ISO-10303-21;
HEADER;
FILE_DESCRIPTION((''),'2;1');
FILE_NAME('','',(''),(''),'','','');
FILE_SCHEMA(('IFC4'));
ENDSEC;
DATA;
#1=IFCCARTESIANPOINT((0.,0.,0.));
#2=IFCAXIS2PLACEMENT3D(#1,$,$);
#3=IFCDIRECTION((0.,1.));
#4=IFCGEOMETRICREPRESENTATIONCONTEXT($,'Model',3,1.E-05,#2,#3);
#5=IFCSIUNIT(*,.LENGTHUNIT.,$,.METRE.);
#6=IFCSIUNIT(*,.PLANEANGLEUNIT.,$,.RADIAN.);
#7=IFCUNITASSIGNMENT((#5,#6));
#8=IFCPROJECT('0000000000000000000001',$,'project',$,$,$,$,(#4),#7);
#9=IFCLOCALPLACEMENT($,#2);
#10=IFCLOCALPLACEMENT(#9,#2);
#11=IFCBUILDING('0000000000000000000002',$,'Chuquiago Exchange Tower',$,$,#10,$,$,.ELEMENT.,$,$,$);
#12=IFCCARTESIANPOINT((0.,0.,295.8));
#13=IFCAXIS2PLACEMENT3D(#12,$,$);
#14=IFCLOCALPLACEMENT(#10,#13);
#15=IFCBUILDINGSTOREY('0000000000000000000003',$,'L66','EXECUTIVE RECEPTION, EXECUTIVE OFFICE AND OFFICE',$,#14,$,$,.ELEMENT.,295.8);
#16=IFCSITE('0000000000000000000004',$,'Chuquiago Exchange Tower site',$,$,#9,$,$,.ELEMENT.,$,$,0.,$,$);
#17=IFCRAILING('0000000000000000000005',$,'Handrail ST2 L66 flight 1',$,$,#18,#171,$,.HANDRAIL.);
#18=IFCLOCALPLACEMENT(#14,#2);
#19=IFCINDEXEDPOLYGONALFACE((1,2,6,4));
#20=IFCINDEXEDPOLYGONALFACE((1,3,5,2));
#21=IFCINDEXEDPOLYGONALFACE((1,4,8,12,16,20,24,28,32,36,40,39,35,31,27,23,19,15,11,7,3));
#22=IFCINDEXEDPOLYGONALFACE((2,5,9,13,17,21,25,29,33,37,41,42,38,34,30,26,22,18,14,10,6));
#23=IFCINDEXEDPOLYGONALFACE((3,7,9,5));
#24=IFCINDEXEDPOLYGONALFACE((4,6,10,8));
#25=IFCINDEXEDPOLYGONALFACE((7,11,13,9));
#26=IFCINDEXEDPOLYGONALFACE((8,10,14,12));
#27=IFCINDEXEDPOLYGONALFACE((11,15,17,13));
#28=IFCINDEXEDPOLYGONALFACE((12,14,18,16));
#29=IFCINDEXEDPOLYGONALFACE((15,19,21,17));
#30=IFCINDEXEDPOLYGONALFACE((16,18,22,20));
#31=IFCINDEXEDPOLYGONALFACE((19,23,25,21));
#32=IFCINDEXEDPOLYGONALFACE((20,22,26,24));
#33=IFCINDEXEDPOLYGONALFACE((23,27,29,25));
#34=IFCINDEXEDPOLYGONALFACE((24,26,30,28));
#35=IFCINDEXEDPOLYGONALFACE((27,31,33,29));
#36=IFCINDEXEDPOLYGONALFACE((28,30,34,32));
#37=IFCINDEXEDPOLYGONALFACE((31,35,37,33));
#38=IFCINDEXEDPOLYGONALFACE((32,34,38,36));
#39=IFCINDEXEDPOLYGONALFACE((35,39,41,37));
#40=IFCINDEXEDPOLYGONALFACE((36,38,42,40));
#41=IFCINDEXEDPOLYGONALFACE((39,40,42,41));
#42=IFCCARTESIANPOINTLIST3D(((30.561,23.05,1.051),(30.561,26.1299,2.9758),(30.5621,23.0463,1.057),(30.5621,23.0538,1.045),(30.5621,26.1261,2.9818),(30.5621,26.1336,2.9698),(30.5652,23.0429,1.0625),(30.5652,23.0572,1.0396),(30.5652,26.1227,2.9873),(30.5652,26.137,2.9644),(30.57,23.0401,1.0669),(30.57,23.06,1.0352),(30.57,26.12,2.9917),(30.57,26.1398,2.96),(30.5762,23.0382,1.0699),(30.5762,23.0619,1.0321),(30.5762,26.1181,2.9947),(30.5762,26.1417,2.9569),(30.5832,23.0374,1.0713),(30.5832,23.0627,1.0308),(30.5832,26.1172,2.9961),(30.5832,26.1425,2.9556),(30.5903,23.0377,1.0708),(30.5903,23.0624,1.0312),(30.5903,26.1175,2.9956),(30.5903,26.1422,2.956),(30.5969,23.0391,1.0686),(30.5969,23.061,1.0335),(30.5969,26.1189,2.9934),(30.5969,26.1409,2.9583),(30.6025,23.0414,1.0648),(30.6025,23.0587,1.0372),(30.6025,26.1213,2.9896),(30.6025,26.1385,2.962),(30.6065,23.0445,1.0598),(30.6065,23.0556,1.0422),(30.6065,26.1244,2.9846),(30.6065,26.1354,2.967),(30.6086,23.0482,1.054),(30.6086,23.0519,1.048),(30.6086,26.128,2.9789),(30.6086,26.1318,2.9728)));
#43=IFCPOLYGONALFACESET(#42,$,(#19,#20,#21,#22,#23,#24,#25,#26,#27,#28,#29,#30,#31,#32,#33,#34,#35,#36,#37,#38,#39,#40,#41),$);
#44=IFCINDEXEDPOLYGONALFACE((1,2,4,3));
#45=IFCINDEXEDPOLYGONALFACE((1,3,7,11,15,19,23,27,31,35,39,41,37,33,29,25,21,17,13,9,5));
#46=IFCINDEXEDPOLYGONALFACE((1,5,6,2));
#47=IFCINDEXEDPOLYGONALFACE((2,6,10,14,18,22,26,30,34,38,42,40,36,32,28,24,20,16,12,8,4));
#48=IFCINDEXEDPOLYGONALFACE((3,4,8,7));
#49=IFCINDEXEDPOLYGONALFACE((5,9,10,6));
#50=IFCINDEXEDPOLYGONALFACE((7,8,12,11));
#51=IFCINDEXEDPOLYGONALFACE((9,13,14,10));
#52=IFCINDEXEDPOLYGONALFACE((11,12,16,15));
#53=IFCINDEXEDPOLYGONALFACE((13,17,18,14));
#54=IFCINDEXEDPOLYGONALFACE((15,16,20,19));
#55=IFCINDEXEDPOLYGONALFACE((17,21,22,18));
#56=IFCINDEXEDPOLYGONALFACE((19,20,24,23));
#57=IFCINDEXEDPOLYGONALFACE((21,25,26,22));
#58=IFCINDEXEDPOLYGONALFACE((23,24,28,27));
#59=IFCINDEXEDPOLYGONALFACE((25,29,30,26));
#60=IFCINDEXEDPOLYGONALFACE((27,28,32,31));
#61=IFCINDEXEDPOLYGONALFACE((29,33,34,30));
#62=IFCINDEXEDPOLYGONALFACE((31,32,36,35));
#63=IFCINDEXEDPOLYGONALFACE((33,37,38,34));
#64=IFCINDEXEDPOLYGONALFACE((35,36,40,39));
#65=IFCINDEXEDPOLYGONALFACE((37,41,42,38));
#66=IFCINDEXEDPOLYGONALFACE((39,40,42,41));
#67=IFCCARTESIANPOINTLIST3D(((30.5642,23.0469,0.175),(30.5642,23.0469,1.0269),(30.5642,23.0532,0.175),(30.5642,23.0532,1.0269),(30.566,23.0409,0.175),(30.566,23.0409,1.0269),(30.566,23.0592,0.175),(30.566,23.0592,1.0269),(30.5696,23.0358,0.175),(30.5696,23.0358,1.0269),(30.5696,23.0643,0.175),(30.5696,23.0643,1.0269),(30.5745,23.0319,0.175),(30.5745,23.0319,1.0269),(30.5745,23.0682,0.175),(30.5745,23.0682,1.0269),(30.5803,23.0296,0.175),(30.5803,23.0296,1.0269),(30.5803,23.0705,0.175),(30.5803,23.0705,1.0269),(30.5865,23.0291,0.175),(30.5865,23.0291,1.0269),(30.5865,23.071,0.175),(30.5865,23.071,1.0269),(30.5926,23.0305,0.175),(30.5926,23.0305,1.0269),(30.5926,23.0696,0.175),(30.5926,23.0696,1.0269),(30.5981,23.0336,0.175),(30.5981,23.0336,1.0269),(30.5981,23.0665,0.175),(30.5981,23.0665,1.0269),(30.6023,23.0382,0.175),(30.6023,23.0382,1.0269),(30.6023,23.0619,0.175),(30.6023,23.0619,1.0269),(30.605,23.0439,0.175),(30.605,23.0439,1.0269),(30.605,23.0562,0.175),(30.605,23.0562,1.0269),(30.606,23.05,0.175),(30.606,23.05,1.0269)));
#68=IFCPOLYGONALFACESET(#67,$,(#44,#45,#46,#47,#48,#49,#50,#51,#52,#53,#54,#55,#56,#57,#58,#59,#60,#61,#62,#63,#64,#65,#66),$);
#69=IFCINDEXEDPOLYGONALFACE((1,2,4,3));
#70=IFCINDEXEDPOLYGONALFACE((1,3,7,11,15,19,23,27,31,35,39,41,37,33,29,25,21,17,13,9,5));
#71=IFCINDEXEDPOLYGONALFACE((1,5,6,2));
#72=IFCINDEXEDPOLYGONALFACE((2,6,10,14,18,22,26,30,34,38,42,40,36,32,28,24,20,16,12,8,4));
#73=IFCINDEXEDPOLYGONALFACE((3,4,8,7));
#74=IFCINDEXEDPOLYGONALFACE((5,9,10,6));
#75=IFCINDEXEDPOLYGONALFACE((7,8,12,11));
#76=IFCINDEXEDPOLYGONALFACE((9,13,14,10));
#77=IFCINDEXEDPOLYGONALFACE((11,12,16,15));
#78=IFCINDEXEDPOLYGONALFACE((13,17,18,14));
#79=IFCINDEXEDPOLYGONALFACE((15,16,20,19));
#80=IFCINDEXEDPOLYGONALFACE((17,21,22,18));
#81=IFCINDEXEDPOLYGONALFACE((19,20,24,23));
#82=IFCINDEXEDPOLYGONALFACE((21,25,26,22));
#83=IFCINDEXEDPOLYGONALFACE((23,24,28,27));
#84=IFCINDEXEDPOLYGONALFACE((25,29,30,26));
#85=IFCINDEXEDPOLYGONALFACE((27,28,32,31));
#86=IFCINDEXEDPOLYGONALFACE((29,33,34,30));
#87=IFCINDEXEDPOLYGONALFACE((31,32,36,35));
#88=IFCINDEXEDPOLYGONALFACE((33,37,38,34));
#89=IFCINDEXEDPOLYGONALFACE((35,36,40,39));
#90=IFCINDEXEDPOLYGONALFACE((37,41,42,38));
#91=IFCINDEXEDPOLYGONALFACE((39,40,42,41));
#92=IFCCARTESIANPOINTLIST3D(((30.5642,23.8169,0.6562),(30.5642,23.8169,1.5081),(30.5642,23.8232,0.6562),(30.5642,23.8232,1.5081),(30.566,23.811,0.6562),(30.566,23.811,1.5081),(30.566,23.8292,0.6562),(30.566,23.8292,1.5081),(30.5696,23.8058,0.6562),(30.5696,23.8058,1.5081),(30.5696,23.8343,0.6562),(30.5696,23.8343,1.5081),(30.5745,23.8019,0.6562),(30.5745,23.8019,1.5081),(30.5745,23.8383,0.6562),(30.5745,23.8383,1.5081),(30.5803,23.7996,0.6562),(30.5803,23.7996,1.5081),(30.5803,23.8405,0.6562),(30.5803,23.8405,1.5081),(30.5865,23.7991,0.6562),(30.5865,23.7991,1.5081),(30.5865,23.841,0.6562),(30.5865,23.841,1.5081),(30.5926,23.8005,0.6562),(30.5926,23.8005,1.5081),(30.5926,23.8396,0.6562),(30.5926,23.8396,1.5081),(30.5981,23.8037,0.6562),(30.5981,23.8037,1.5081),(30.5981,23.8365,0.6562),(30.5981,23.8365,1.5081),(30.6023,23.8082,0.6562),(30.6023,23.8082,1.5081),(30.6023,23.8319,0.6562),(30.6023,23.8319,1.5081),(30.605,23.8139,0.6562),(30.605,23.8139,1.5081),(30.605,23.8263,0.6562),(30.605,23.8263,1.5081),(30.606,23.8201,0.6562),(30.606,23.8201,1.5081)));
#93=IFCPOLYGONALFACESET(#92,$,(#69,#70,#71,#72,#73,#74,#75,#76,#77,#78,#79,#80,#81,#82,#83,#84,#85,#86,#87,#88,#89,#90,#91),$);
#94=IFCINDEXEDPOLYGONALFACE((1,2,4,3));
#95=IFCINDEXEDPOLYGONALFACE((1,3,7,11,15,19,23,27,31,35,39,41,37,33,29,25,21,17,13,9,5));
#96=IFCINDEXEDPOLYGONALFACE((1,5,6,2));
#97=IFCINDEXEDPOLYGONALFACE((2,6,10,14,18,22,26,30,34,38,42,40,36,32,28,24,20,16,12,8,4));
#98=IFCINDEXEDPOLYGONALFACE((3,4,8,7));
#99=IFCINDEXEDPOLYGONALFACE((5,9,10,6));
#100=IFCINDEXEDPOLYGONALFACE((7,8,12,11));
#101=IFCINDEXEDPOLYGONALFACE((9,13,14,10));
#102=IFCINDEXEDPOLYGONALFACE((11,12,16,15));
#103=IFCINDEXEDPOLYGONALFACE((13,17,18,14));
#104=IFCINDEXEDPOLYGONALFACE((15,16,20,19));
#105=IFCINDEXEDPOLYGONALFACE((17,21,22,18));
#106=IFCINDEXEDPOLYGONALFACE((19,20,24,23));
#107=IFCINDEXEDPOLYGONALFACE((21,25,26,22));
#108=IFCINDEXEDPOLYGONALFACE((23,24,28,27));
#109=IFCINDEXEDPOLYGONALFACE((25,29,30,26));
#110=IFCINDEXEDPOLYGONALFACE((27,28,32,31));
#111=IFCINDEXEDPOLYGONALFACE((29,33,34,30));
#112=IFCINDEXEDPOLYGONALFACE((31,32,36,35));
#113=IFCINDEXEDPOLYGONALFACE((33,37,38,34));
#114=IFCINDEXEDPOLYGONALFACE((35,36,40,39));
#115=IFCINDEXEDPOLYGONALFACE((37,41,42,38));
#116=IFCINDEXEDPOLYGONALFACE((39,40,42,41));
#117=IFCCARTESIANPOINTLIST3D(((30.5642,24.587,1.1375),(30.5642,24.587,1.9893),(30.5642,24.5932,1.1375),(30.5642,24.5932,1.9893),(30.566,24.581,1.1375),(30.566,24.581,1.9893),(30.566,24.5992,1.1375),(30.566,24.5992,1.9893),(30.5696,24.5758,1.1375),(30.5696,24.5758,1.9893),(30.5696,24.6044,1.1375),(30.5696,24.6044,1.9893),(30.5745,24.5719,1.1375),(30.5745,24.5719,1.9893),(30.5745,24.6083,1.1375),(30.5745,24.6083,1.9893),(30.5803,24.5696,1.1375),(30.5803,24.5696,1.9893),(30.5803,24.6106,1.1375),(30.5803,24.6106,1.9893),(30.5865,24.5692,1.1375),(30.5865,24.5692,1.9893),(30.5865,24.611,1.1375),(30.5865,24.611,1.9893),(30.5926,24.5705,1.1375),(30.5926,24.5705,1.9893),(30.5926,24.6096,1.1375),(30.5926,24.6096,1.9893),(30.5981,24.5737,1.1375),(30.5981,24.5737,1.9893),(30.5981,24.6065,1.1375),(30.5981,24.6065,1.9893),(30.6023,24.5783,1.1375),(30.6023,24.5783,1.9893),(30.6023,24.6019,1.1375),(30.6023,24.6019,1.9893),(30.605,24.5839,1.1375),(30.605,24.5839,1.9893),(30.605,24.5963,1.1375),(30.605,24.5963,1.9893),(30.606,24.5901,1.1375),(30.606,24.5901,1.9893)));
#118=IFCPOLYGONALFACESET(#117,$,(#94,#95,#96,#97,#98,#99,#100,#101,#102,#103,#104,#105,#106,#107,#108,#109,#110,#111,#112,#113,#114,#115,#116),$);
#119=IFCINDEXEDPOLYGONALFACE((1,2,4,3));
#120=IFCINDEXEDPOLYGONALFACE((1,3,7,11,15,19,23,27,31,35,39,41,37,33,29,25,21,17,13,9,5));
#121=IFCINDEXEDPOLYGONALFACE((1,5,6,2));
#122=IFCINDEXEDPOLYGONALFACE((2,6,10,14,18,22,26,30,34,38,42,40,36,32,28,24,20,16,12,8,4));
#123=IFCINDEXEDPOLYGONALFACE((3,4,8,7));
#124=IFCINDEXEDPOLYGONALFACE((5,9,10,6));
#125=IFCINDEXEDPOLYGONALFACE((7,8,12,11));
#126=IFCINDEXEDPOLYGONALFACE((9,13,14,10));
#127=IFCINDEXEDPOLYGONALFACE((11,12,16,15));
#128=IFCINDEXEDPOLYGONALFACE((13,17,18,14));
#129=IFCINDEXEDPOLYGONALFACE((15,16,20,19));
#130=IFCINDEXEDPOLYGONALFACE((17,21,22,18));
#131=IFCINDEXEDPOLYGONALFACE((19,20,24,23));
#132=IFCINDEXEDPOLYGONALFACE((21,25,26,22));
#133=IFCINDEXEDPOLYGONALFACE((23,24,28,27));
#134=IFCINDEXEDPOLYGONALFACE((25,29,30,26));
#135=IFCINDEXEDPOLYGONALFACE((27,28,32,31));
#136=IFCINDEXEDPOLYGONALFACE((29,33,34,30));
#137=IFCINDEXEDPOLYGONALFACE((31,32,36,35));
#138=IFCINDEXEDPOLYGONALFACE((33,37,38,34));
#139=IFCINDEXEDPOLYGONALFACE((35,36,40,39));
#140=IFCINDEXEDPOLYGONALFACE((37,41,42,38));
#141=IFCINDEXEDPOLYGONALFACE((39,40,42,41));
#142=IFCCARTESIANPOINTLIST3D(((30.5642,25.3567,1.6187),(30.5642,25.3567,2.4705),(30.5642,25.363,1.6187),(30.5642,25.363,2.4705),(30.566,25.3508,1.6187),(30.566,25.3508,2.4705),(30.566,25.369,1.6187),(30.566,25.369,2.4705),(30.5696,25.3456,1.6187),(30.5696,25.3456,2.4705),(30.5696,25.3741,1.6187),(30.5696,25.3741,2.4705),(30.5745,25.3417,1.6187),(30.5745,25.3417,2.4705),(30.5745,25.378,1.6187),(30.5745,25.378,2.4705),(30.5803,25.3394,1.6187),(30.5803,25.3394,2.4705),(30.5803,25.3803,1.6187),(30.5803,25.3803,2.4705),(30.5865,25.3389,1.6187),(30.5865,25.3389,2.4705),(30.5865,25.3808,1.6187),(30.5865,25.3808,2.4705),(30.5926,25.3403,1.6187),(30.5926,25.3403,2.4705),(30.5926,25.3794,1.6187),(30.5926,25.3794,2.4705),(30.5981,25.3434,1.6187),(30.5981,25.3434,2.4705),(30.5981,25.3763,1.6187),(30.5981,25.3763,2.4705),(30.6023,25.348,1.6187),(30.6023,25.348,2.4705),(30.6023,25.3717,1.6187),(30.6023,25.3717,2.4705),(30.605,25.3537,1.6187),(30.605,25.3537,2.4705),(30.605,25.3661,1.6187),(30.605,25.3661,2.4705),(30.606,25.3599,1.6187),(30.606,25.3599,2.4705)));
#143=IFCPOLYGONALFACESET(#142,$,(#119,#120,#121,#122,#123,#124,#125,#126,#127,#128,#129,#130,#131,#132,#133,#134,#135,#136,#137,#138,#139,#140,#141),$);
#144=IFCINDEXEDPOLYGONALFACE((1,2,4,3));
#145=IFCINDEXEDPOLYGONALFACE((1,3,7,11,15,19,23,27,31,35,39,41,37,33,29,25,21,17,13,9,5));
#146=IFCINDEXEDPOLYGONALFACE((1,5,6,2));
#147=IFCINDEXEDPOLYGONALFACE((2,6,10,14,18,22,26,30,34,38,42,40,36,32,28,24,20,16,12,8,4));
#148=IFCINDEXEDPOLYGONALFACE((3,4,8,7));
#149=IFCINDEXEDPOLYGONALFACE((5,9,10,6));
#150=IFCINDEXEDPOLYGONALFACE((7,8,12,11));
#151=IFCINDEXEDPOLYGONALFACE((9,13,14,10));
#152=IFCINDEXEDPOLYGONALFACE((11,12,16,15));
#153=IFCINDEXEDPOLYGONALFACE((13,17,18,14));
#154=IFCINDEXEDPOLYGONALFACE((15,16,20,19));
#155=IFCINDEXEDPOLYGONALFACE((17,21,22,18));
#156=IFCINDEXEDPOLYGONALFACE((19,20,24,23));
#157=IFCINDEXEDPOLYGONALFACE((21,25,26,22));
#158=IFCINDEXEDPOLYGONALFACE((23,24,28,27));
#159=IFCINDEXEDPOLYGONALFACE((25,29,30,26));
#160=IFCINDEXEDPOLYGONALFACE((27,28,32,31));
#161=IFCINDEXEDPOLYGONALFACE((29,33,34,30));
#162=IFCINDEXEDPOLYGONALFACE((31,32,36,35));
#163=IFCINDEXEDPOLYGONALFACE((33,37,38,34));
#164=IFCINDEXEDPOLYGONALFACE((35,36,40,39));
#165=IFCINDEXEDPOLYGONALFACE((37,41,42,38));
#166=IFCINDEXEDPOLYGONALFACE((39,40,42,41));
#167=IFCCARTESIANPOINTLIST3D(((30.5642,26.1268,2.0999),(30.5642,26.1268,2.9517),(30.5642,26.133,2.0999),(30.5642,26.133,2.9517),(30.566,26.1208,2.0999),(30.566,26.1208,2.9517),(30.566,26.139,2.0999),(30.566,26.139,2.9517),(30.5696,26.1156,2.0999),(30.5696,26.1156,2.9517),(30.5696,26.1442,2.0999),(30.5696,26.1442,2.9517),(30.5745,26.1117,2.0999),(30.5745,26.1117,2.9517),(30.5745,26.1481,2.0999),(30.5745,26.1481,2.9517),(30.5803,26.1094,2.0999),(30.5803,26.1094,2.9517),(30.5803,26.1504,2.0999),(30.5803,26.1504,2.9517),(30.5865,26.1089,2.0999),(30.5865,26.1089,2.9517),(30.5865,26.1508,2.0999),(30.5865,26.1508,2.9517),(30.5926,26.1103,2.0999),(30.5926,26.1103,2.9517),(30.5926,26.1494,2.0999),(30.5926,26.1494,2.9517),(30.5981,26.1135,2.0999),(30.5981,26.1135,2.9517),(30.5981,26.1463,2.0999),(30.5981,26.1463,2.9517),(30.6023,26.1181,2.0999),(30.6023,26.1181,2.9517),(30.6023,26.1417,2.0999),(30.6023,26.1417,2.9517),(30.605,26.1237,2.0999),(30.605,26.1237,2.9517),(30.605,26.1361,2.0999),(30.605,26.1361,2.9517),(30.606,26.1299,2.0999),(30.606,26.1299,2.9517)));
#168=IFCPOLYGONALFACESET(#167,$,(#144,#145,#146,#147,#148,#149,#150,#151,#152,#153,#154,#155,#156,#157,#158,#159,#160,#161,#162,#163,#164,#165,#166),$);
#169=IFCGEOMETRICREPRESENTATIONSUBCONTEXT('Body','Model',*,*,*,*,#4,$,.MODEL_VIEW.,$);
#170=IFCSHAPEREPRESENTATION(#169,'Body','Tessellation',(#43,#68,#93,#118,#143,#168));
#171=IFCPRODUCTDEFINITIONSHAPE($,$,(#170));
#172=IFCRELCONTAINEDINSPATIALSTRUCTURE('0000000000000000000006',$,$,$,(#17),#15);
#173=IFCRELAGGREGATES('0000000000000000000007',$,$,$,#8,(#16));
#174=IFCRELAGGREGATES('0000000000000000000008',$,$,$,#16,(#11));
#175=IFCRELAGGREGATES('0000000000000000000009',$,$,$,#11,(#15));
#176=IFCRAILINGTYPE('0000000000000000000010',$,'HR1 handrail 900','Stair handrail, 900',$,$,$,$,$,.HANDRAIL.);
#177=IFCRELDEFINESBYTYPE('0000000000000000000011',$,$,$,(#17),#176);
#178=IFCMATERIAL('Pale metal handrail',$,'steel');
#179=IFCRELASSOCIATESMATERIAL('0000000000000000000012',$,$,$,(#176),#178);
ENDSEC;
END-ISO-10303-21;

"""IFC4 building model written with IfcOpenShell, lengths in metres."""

from ifc_helpers import new_model, si_unit, direction, frame, origin, origin_2d, place, context, subcontext, project, spatial, circle, extrude, material, type_object, element, save


model = new_model("IFC4")

# Units and contexts
model_context = context("Model", 3, precision=1e-05, world=origin(), true_north=direction((0.0, 1.0)))
body_context = subcontext(model_context, "Body", "Model", "MODEL_VIEW")
ifc_project = project(units=[si_unit("LENGTHUNIT", "METRE"), si_unit("PLANEANGLEUNIT", "RADIAN")], contexts=[model_context])

# Site, building, storey
site_placement = place(None, origin())
site = spatial("IfcSite", under=ifc_project, at=site_placement, Name="Chuquiago Exchange Tower site", CompositionType="ELEMENT", RefElevation=0.0)
building_placement = place(site_placement, origin())
building = spatial("IfcBuilding", under=site, at=building_placement, Name="Chuquiago Exchange Tower", CompositionType="ELEMENT")
storey_placement = place(building_placement, frame((0.0, 0.0, 295.8)))
storey = spatial("IfcBuildingStorey", under=building, at=storey_placement, Name="L66", Description="EXECUTIVE RECEPTION, EXECUTIVE OFFICE AND OFFICE", CompositionType="ELEMENT", Elevation=295.8)

# Railing
ifc_material_1 = material(Name="Pale metal handrail", Category="steel")
railing_type_1 = type_object("IfcRailingType", Name="HR1 handrail 900", Description="Stair handrail, 900", PredefinedType="HANDRAIL", material=ifc_material_1)
railing_1_placement = place(storey_placement, frame((30.585, 23.05, 0.175)))
element("IfcRailing", 1, at=railing_1_placement, inside=storey, type_object=railing_type_1, Name="Handrail ST2 L66 flight 1", PredefinedType="HANDRAIL", context=body_context, shape_type="SweptSolid", body=[
    extrude(circle(Radius=0.0239, at=origin_2d()), frame((0.0, 0.0, 0.876), z_axis=(0.0, 0.84801, 0.529981), x_axis=(-1.0, 0.0, 0.0)), (0.0, 0.0, 1.0), 3.6318),
    extrude(circle(Radius=0.021, at=origin_2d()), origin(), (0.0, 0.0, 1.0), 0.8518),
    extrude(circle(Radius=0.021, at=origin_2d()), frame((0.0, 0.77, 0.4812)), (0.0, 0.0, 1.0), 0.8518),
    extrude(circle(Radius=0.021, at=origin_2d()), frame((0.0, 1.54, 0.9624)), (0.0, 0.0, 1.0), 0.8518),
    extrude(circle(Radius=0.021, at=origin_2d()), frame((0.0, 2.3098, 1.4436)), (0.0, 0.0, 1.0), 0.8518),
    extrude(circle(Radius=0.021, at=origin_2d()), frame((0.0, 3.0798, 1.9248)), (0.0, 0.0, 1.0), 0.8518),
])

save(model, "model.ifc")
